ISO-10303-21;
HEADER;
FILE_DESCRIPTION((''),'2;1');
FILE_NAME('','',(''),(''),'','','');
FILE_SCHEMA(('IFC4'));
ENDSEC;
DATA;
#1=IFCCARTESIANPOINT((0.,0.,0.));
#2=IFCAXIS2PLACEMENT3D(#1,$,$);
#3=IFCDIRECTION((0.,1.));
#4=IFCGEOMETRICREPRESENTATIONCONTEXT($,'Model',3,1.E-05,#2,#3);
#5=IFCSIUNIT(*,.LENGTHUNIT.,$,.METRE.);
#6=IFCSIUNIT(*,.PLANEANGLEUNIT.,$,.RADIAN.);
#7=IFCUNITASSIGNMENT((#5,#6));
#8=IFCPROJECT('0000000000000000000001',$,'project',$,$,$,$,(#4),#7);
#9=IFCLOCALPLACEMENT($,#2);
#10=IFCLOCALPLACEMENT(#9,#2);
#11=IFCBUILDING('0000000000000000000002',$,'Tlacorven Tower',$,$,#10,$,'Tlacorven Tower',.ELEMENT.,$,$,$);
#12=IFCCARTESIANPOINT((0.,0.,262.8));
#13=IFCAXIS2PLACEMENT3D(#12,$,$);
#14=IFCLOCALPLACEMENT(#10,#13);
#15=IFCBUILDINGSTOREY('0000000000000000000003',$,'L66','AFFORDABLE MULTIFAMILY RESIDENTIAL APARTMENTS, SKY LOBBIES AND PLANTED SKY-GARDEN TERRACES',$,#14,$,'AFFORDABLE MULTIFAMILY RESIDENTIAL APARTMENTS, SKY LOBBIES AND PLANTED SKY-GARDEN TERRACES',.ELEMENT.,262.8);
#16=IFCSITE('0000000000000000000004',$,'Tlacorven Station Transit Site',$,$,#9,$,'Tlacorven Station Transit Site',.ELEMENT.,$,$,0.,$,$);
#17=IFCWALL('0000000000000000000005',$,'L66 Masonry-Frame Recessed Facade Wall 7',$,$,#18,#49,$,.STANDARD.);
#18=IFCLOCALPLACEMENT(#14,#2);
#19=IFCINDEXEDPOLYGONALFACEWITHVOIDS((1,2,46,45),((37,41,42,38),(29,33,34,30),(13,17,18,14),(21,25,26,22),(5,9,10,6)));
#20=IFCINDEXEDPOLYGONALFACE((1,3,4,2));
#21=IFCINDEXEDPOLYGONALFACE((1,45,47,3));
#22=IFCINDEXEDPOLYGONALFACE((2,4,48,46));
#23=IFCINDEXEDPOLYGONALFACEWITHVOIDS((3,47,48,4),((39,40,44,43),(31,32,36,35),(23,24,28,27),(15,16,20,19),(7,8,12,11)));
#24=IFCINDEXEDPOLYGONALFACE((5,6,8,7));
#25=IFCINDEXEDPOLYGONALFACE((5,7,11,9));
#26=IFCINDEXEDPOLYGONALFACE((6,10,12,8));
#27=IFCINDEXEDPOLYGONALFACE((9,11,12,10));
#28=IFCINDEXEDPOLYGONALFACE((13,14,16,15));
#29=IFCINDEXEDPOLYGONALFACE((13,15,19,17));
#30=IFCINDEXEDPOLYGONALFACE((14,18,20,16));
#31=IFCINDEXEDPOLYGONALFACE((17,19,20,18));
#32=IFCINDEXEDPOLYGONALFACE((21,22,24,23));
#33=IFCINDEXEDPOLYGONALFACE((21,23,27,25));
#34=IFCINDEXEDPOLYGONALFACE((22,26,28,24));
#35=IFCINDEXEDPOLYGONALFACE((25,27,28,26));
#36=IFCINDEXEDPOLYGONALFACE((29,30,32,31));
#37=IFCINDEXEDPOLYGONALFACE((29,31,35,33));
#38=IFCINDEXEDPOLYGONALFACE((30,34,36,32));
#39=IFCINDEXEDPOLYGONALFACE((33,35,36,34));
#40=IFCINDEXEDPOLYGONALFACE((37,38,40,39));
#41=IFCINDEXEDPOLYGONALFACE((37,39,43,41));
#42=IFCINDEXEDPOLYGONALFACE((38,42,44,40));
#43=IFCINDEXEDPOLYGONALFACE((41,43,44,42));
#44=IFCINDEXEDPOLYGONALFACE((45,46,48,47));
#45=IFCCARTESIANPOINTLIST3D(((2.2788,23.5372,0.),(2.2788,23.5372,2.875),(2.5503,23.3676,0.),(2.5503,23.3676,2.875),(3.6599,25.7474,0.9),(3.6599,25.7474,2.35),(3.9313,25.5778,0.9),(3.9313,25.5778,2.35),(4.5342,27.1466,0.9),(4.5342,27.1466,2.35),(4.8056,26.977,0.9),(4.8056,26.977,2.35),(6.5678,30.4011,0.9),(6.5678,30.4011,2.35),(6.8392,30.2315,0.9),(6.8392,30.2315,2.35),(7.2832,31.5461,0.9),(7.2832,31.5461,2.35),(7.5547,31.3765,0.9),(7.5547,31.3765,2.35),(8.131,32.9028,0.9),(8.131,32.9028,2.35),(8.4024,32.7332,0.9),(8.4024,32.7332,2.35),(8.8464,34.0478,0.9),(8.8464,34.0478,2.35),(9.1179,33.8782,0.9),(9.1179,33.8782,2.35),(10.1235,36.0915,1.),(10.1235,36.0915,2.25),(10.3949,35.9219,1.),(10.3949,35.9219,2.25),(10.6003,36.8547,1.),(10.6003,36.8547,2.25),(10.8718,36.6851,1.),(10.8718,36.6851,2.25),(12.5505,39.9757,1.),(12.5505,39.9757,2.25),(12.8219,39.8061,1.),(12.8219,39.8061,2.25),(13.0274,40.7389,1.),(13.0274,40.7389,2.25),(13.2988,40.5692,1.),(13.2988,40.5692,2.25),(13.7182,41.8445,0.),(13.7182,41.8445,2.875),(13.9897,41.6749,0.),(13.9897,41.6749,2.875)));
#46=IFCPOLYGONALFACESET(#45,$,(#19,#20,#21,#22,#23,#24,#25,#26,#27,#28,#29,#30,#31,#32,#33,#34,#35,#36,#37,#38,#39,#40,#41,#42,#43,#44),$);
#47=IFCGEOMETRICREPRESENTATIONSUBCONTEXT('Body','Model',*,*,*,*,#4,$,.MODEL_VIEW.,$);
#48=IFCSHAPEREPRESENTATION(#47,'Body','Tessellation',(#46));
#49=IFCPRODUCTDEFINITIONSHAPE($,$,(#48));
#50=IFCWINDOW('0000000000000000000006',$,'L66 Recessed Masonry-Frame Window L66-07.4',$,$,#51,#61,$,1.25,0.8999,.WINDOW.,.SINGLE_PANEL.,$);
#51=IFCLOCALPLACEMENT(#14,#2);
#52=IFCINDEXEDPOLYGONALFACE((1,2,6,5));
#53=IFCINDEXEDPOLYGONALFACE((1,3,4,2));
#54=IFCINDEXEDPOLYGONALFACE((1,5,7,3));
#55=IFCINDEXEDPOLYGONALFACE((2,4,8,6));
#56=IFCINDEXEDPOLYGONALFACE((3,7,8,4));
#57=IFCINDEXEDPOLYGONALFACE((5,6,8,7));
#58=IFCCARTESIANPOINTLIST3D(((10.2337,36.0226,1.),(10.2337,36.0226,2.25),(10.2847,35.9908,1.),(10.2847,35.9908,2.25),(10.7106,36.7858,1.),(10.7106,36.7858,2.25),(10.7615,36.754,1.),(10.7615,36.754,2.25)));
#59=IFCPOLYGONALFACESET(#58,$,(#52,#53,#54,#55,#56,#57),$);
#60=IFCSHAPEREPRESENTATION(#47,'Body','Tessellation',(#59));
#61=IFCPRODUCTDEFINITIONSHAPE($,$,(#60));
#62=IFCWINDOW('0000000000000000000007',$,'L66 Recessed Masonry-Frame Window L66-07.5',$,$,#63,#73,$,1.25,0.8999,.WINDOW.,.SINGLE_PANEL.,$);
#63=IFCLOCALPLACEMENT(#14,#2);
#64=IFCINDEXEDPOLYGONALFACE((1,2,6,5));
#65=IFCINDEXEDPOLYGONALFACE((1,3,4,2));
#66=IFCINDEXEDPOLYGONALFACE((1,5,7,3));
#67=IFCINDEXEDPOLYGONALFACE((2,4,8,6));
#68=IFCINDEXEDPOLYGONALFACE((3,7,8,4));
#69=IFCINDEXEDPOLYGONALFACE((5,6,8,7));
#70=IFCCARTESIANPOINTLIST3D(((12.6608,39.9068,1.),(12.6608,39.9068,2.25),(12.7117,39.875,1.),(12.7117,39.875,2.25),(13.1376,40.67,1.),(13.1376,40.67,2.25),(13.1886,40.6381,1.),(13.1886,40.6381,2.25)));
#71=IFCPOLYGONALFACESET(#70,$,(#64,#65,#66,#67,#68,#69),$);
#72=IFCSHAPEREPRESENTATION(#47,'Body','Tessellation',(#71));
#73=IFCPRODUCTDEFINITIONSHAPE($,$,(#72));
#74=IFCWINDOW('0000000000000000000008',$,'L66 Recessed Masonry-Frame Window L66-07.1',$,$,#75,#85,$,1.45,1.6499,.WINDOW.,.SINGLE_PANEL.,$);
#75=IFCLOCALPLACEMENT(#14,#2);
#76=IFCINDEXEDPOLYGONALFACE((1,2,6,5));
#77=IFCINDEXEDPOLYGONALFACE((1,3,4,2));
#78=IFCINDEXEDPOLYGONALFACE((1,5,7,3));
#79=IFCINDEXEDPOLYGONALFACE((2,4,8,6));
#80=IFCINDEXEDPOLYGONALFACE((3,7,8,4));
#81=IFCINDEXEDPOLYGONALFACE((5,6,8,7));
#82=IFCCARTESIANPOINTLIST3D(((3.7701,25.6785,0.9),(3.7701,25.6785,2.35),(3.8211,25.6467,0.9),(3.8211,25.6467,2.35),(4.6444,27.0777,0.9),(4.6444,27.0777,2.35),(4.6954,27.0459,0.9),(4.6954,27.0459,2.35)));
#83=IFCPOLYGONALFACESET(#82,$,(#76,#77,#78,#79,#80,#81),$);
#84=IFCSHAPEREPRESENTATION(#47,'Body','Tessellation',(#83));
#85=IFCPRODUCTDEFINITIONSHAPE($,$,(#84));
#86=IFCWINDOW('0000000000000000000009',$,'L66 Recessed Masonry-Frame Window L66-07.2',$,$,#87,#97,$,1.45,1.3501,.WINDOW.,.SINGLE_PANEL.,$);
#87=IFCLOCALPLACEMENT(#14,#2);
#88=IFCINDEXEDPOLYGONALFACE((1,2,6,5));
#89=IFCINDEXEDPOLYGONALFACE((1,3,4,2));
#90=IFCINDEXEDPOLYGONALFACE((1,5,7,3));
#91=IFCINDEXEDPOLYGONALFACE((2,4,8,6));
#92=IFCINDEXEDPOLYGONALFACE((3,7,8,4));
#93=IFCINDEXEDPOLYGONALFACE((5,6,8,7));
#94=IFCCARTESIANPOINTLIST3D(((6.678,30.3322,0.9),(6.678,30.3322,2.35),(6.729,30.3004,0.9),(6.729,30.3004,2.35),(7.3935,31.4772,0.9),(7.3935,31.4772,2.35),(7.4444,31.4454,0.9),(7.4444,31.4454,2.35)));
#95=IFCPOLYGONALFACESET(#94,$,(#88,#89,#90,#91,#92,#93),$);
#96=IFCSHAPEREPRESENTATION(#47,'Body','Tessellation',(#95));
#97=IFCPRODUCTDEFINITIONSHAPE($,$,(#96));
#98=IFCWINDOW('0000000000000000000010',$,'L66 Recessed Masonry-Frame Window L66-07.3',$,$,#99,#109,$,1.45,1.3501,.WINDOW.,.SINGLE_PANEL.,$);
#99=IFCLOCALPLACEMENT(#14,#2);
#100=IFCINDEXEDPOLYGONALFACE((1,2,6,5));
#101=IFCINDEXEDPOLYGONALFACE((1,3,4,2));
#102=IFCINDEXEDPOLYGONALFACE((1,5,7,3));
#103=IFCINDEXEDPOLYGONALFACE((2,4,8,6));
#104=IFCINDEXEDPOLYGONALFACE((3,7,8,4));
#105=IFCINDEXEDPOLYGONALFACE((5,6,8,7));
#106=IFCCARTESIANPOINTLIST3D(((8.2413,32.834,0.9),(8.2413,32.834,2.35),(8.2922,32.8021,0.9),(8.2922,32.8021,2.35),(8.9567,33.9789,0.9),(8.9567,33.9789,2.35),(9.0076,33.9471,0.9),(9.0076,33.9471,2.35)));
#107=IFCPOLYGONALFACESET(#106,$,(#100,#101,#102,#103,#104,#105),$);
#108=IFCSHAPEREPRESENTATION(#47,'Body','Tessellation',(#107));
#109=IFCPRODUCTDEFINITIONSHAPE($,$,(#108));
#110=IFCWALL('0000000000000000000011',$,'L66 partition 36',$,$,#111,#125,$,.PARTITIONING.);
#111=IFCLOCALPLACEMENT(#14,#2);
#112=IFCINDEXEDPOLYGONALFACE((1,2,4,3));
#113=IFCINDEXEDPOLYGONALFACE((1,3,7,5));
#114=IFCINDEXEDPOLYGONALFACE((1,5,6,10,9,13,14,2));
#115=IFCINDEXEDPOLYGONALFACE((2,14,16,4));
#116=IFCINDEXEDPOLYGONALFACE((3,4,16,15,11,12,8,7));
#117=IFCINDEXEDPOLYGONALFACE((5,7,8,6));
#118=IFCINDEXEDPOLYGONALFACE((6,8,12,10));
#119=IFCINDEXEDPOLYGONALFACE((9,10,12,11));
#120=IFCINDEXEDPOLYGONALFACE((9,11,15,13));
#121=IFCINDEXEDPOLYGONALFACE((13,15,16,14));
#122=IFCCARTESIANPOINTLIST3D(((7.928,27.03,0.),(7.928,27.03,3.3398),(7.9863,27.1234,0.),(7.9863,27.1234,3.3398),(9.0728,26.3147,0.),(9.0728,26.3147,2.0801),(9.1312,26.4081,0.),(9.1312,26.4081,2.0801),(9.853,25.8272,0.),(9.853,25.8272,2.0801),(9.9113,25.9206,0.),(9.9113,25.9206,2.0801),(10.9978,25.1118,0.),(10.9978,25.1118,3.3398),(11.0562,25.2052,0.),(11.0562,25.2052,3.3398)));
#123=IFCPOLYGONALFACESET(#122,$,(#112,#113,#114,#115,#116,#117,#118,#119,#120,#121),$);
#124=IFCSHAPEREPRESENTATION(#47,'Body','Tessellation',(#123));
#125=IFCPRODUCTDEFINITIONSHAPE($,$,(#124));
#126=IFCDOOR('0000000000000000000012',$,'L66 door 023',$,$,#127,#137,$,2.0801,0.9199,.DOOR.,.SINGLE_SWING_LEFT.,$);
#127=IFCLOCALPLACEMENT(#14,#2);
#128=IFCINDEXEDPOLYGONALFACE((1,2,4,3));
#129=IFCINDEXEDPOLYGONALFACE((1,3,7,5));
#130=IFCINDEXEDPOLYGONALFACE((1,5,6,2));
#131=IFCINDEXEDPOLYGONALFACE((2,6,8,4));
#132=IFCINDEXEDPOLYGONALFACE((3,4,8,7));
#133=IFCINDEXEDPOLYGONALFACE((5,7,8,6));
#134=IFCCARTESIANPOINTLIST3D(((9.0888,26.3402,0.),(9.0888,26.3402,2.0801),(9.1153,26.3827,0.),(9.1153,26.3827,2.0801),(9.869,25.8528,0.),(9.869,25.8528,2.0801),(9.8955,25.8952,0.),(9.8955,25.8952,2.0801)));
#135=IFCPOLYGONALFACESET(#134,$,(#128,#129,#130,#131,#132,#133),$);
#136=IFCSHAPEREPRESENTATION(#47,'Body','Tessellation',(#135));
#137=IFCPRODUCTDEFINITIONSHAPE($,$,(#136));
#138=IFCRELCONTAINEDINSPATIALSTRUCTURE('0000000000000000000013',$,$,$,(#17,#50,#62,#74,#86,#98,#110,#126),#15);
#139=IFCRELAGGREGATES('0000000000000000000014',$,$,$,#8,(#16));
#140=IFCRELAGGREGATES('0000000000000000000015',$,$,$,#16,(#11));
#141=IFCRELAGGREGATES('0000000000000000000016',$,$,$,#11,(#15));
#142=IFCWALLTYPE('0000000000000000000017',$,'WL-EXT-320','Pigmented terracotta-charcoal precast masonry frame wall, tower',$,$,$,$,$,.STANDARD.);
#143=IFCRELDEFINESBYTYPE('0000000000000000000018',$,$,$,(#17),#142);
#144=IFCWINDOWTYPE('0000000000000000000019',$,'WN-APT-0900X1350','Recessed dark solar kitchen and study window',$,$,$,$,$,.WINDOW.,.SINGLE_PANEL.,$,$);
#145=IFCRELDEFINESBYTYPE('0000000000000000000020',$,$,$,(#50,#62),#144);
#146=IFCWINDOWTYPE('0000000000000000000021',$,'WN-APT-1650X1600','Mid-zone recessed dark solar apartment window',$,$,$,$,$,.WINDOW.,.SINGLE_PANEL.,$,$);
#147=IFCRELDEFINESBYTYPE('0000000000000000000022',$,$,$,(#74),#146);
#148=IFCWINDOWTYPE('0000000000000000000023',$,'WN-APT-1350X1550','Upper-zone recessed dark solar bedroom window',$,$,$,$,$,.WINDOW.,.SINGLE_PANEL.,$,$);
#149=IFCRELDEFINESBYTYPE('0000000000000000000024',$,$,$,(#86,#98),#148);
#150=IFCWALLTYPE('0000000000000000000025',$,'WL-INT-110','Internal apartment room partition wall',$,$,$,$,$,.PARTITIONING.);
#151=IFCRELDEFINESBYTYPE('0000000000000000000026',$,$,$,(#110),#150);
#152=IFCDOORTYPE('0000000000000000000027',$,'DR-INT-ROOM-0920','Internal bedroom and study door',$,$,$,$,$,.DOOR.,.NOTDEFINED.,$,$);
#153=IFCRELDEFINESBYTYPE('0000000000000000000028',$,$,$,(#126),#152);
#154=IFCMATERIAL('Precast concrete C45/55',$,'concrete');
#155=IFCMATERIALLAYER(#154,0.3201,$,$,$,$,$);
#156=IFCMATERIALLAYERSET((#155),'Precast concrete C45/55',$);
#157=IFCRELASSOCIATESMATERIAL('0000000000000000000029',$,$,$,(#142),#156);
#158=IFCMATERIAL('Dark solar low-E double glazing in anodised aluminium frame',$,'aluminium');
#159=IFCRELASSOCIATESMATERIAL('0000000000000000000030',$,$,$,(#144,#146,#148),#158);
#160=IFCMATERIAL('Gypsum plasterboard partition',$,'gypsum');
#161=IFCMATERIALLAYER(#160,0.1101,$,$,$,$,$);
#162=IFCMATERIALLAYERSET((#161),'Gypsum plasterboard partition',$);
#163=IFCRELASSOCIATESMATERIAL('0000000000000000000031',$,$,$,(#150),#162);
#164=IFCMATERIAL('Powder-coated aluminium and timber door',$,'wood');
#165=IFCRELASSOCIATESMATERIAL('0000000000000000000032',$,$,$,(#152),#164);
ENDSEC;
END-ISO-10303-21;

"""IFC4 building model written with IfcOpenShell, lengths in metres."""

from ifc_helpers import new_model, si_unit, direction, frame, frame_2d, origin, place, context, subcontext, project, spatial, rectangle, extrude, source, transform, mapped, material, layer, layer_set, type_object, element, fill, save


model = new_model("IFC4")

# Units and contexts
model_context = context("Model", 3, precision=1e-05, world=origin(), true_north=direction((0.0, 1.0)))
body_context = subcontext(model_context, "Body", "Model", "MODEL_VIEW")
ifc_project = project(units=[si_unit("LENGTHUNIT", "METRE"), si_unit("PLANEANGLEUNIT", "RADIAN")], contexts=[model_context])

# Site, building, storey
site_placement = place(None, origin())
site = spatial("IfcSite", under=ifc_project, at=site_placement, Name="Tlacorven Station Transit Site", LongName="Tlacorven Station Transit Site", CompositionType="ELEMENT", RefElevation=0.0)
building_placement = place(site_placement, origin())
building = spatial("IfcBuilding", under=site, at=building_placement, Name="Tlacorven Tower", LongName="Tlacorven Tower", CompositionType="ELEMENT")
storey_placement = place(building_placement, frame((0.0, 0.0, 262.8)))
storey = spatial("IfcBuildingStorey", under=building, at=storey_placement, Name="L66", Description="AFFORDABLE MULTIFAMILY RESIDENTIAL APARTMENTS, SKY LOBBIES AND PLANTED SKY-GARDEN TERRACES", LongName="AFFORDABLE MULTIFAMILY RESIDENTIAL APARTMENTS, SKY LOBBIES AND PLANTED SKY-GARDEN TERRACES", CompositionType="ELEMENT", Elevation=262.8)

# Wall, openings, windows
ifc_material_1 = material(Name="Precast concrete C45/55", Category="concrete")
ifc_layer_1 = layer(ifc_material_1, 0.3201)
ifc_layer_set_1 = layer_set([ifc_layer_1], Name="Precast concrete C45/55")
wall_type_1 = type_object("IfcWallType", Name="WL-EXT-320", Description="Pigmented terracotta-charcoal precast masonry frame wall, tower", PredefinedType="STANDARD", material=ifc_layer_set_1)
wall_1_placement = place(storey_placement, frame((2.4146, 23.4524, 0.0), z_axis=(0.0, 0.0, 1.0), x_axis=(0.52991, 0.848054, 0.0)))
wall_1 = element("IfcWall", 1, at=wall_1_placement, inside=storey, type_object=wall_type_1, Name="L66 Masonry-Frame Recessed Facade Wall 7", PredefinedType="STANDARD", context=body_context, shape_type="SweptSolid", body=[
    extrude(rectangle(XDim=21.5874, YDim=0.3201, at=frame_2d((10.7937, 0.0))), origin(), (0.0, 0.0, 1.0), 2.875),
])
opening_1_placement = place(wall_1_placement, frame((2.6062, 0.0, 0.8999)))
opening_1 = element("IfcOpeningElement", 2, at=opening_1_placement, cuts=wall_1, PredefinedType="OPENING", context=body_context, shape_type="SweptSolid", body=[
    extrude(rectangle(XDim=1.6499, YDim=1.45, at=frame_2d((0.825, 0.7251))), frame((0.0, 0.1699, 0.0), z_axis=(0.0, -1.0, 0.0), x_axis=(1.0, 0.0, 0.0)), (0.0, 0.0, 1.0), 0.3401),
])
opening_2_placement = place(wall_1_placement, frame((8.0938, 0.0, 0.8999)))
opening_2 = element("IfcOpeningElement", 3, at=opening_2_placement, cuts=wall_1, PredefinedType="OPENING", context=body_context, shape_type="SweptSolid", body=[
    extrude(rectangle(XDim=1.3501, YDim=1.45, at=frame_2d((0.675, 0.7251))), frame((0.0, 0.1699, 0.0), z_axis=(0.0, -1.0, 0.0), x_axis=(1.0, 0.0, 0.0)), (0.0, 0.0, 1.0), 0.3401),
])
opening_3_placement = place(wall_1_placement, frame((11.0437, 0.0, 0.8999)))
opening_3 = element("IfcOpeningElement", 4, at=opening_3_placement, cuts=wall_1, PredefinedType="OPENING", context=body_context, shape_type="SweptSolid", body=[
    extrude(rectangle(XDim=1.3501, YDim=1.45, at=frame_2d((0.675, 0.7251))), frame((0.0, 0.1699, 0.0), z_axis=(0.0, -1.0, 0.0), x_axis=(1.0, 0.0, 0.0)), (0.0, 0.0, 1.0), 0.3401),
])
opening_4_placement = place(wall_1_placement, frame((14.8037, 0.0, 1.0)))
opening_4 = element("IfcOpeningElement", 5, at=opening_4_placement, cuts=wall_1, PredefinedType="OPENING", context=body_context, shape_type="SweptSolid", body=[
    extrude(rectangle(XDim=0.8999, YDim=1.25, at=frame_2d((0.45, 0.625))), frame((0.0, 0.1699, 0.0), z_axis=(0.0, -1.0, 0.0), x_axis=(1.0, 0.0, 0.0)), (0.0, 0.0, 1.0), 0.3401),
])
opening_5_placement = place(wall_1_placement, frame((19.3838, 0.0, 1.0)))
opening_5 = element("IfcOpeningElement", 6, at=opening_5_placement, cuts=wall_1, PredefinedType="OPENING", context=body_context, shape_type="SweptSolid", body=[
    extrude(rectangle(XDim=0.8999, YDim=1.25, at=frame_2d((0.45, 0.625))), frame((0.0, 0.1699, 0.0), z_axis=(0.0, -1.0, 0.0), x_axis=(1.0, 0.0, 0.0)), (0.0, 0.0, 1.0), 0.3401),
])
ifc_material_2 = material(Name="Dark solar low-E double glazing in anodised aluminium frame", Category="aluminium")
window_type_1 = type_object("IfcWindowType", Name="WN-APT-0900X1350", Description="Recessed dark solar kitchen and study window", PartitioningType="SINGLE_PANEL", PredefinedType="WINDOW", material=ifc_material_2)
shared_shape_1 = source(origin(), body_context, "Body", "SweptSolid", [
    extrude(rectangle(XDim=0.8999, YDim=1.25, at=frame_2d((0.45, 0.625))), frame((0.0, 0.03, 0.0), z_axis=(0.0, -1.0, 0.0), x_axis=(1.0, 0.0, 0.0)), (0.0, 0.0, 1.0), 0.0601),
])
window_1_placement = place(opening_4_placement, origin())
window_1 = element("IfcWindow", 7, at=window_1_placement, inside=storey, type_object=window_type_1, Name="L66 Recessed Masonry-Frame Window L66-07.4", OverallHeight=1.25, OverallWidth=0.8999, PartitioningType="SINGLE_PANEL", PredefinedType="WINDOW", context=body_context, shape_type="MappedRepresentation", body=[
    mapped(shared_shape_1, transform((0.0, 0.0, 0.0), scale=1.0)),
])
fill(opening_4, window_1)
window_2_placement = place(opening_5_placement, origin())
window_2 = element("IfcWindow", 8, at=window_2_placement, inside=storey, type_object=window_type_1, Name="L66 Recessed Masonry-Frame Window L66-07.5", OverallHeight=1.25, OverallWidth=0.8999, PartitioningType="SINGLE_PANEL", PredefinedType="WINDOW", context=body_context, shape_type="MappedRepresentation", body=[
    mapped(shared_shape_1, transform((0.0, 0.0, 0.0), scale=1.0)),
])
fill(opening_5, window_2)
window_type_2 = type_object("IfcWindowType", Name="WN-APT-1650X1600", Description="Mid-zone recessed dark solar apartment window", PartitioningType="SINGLE_PANEL", PredefinedType="WINDOW", material=ifc_material_2)
shared_shape_2 = source(origin(), body_context, "Body", "SweptSolid", [
    extrude(rectangle(XDim=1.6499, YDim=1.45, at=frame_2d((0.825, 0.7251))), frame((0.0, 0.03, 0.0), z_axis=(0.0, -1.0, 0.0), x_axis=(1.0, 0.0, 0.0)), (0.0, 0.0, 1.0), 0.0601),
])
window_3_placement = place(opening_1_placement, origin())
window_3 = element("IfcWindow", 9, at=window_3_placement, inside=storey, type_object=window_type_2, Name="L66 Recessed Masonry-Frame Window L66-07.1", OverallHeight=1.45, OverallWidth=1.6499, PartitioningType="SINGLE_PANEL", PredefinedType="WINDOW", context=body_context, shape_type="MappedRepresentation", body=[
    mapped(shared_shape_2, transform((0.0, 0.0, 0.0), scale=1.0)),
])
fill(opening_1, window_3)
window_type_3 = type_object("IfcWindowType", Name="WN-APT-1350X1550", Description="Upper-zone recessed dark solar bedroom window", PartitioningType="SINGLE_PANEL", PredefinedType="WINDOW", material=ifc_material_2)
shared_shape_3 = source(origin(), body_context, "Body", "SweptSolid", [
    extrude(rectangle(XDim=1.3501, YDim=1.45, at=frame_2d((0.675, 0.7251))), frame((0.0, 0.03, 0.0), z_axis=(0.0, -1.0, 0.0), x_axis=(1.0, 0.0, 0.0)), (0.0, 0.0, 1.0), 0.0601),
])
window_4_placement = place(opening_2_placement, origin())
window_4 = element("IfcWindow", 10, at=window_4_placement, inside=storey, type_object=window_type_3, Name="L66 Recessed Masonry-Frame Window L66-07.2", OverallHeight=1.45, OverallWidth=1.3501, PartitioningType="SINGLE_PANEL", PredefinedType="WINDOW", context=body_context, shape_type="MappedRepresentation", body=[
    mapped(shared_shape_3, transform((0.0, 0.0, 0.0), scale=1.0)),
])
fill(opening_2, window_4)
window_5_placement = place(opening_3_placement, origin())
window_5 = element("IfcWindow", 11, at=window_5_placement, inside=storey, type_object=window_type_3, Name="L66 Recessed Masonry-Frame Window L66-07.3", OverallHeight=1.45, OverallWidth=1.3501, PartitioningType="SINGLE_PANEL", PredefinedType="WINDOW", context=body_context, shape_type="MappedRepresentation", body=[
    mapped(shared_shape_3, transform((0.0, 0.0, 0.0), scale=1.0)),
])
fill(opening_3, window_5)

# Wall, opening, door
ifc_material_3 = material(Name="Gypsum plasterboard partition", Category="gypsum")
ifc_layer_2 = layer(ifc_material_3, 0.1101)
ifc_layer_set_2 = layer_set([ifc_layer_2], Name="Gypsum plasterboard partition")
wall_type_2 = type_object("IfcWallType", Name="WL-INT-110", Description="Internal apartment room partition wall", PredefinedType="PARTITIONING", material=ifc_layer_set_2)
wall_2_placement = place(storey_placement, frame((11.0271, 25.1584, 0.0), z_axis=(0.0, 0.0, 1.0), x_axis=(-0.848051, 0.529914, 0.0)))
wall_2 = element("IfcWall", 12, at=wall_2_placement, inside=storey, type_object=wall_type_2, Name="L66 partition 36", PredefinedType="PARTITIONING", context=body_context, shape_type="SweptSolid", body=[
    extrude(rectangle(XDim=3.6199, YDim=0.1101, at=frame_2d((1.8101, 0.0))), origin(), (0.0, 0.0, 1.0), 3.3398),
])
opening_6_placement = place(wall_2_placement, frame((1.3501, 0.0, 0.0)))
opening_6 = element("IfcOpeningElement", 13, at=opening_6_placement, cuts=wall_2, PredefinedType="OPENING", context=body_context, shape_type="SweptSolid", body=[
    extrude(rectangle(XDim=0.9199, YDim=2.0801, at=frame_2d((0.46, 1.04))), frame((0.0, 0.0649, 0.0), z_axis=(0.0, -1.0, 0.0), x_axis=(1.0, 0.0, 0.0)), (0.0, 0.0, 1.0), 0.1301),
])
ifc_material_4 = material(Name="Powder-coated aluminium and timber door", Category="wood")
door_type = type_object("IfcDoorType", Name="DR-INT-ROOM-0920", Description="Internal bedroom and study door", OperationType="NOTDEFINED", PredefinedType="DOOR", material=ifc_material_4)
shared_shape_4 = source(origin(), body_context, "Body", "SweptSolid", [
    extrude(rectangle(XDim=0.9199, YDim=2.0801, at=frame_2d((0.46, 1.04))), frame((0.0, 0.0249, 0.0), z_axis=(0.0, -1.0, 0.0), x_axis=(1.0, 0.0, 0.0)), (0.0, 0.0, 1.0), 0.05),
])
door_placement = place(opening_6_placement, origin())
door = element("IfcDoor", 14, at=door_placement, inside=storey, type_object=door_type, Name="L66 door 023", OperationType="SINGLE_SWING_LEFT", OverallHeight=2.0801, OverallWidth=0.9199, PredefinedType="DOOR", context=body_context, shape_type="MappedRepresentation", body=[
    mapped(shared_shape_4, transform((0.0, 0.0, 0.0), scale=1.0)),
])
fill(opening_6, door)

save(model, "model.ifc")
